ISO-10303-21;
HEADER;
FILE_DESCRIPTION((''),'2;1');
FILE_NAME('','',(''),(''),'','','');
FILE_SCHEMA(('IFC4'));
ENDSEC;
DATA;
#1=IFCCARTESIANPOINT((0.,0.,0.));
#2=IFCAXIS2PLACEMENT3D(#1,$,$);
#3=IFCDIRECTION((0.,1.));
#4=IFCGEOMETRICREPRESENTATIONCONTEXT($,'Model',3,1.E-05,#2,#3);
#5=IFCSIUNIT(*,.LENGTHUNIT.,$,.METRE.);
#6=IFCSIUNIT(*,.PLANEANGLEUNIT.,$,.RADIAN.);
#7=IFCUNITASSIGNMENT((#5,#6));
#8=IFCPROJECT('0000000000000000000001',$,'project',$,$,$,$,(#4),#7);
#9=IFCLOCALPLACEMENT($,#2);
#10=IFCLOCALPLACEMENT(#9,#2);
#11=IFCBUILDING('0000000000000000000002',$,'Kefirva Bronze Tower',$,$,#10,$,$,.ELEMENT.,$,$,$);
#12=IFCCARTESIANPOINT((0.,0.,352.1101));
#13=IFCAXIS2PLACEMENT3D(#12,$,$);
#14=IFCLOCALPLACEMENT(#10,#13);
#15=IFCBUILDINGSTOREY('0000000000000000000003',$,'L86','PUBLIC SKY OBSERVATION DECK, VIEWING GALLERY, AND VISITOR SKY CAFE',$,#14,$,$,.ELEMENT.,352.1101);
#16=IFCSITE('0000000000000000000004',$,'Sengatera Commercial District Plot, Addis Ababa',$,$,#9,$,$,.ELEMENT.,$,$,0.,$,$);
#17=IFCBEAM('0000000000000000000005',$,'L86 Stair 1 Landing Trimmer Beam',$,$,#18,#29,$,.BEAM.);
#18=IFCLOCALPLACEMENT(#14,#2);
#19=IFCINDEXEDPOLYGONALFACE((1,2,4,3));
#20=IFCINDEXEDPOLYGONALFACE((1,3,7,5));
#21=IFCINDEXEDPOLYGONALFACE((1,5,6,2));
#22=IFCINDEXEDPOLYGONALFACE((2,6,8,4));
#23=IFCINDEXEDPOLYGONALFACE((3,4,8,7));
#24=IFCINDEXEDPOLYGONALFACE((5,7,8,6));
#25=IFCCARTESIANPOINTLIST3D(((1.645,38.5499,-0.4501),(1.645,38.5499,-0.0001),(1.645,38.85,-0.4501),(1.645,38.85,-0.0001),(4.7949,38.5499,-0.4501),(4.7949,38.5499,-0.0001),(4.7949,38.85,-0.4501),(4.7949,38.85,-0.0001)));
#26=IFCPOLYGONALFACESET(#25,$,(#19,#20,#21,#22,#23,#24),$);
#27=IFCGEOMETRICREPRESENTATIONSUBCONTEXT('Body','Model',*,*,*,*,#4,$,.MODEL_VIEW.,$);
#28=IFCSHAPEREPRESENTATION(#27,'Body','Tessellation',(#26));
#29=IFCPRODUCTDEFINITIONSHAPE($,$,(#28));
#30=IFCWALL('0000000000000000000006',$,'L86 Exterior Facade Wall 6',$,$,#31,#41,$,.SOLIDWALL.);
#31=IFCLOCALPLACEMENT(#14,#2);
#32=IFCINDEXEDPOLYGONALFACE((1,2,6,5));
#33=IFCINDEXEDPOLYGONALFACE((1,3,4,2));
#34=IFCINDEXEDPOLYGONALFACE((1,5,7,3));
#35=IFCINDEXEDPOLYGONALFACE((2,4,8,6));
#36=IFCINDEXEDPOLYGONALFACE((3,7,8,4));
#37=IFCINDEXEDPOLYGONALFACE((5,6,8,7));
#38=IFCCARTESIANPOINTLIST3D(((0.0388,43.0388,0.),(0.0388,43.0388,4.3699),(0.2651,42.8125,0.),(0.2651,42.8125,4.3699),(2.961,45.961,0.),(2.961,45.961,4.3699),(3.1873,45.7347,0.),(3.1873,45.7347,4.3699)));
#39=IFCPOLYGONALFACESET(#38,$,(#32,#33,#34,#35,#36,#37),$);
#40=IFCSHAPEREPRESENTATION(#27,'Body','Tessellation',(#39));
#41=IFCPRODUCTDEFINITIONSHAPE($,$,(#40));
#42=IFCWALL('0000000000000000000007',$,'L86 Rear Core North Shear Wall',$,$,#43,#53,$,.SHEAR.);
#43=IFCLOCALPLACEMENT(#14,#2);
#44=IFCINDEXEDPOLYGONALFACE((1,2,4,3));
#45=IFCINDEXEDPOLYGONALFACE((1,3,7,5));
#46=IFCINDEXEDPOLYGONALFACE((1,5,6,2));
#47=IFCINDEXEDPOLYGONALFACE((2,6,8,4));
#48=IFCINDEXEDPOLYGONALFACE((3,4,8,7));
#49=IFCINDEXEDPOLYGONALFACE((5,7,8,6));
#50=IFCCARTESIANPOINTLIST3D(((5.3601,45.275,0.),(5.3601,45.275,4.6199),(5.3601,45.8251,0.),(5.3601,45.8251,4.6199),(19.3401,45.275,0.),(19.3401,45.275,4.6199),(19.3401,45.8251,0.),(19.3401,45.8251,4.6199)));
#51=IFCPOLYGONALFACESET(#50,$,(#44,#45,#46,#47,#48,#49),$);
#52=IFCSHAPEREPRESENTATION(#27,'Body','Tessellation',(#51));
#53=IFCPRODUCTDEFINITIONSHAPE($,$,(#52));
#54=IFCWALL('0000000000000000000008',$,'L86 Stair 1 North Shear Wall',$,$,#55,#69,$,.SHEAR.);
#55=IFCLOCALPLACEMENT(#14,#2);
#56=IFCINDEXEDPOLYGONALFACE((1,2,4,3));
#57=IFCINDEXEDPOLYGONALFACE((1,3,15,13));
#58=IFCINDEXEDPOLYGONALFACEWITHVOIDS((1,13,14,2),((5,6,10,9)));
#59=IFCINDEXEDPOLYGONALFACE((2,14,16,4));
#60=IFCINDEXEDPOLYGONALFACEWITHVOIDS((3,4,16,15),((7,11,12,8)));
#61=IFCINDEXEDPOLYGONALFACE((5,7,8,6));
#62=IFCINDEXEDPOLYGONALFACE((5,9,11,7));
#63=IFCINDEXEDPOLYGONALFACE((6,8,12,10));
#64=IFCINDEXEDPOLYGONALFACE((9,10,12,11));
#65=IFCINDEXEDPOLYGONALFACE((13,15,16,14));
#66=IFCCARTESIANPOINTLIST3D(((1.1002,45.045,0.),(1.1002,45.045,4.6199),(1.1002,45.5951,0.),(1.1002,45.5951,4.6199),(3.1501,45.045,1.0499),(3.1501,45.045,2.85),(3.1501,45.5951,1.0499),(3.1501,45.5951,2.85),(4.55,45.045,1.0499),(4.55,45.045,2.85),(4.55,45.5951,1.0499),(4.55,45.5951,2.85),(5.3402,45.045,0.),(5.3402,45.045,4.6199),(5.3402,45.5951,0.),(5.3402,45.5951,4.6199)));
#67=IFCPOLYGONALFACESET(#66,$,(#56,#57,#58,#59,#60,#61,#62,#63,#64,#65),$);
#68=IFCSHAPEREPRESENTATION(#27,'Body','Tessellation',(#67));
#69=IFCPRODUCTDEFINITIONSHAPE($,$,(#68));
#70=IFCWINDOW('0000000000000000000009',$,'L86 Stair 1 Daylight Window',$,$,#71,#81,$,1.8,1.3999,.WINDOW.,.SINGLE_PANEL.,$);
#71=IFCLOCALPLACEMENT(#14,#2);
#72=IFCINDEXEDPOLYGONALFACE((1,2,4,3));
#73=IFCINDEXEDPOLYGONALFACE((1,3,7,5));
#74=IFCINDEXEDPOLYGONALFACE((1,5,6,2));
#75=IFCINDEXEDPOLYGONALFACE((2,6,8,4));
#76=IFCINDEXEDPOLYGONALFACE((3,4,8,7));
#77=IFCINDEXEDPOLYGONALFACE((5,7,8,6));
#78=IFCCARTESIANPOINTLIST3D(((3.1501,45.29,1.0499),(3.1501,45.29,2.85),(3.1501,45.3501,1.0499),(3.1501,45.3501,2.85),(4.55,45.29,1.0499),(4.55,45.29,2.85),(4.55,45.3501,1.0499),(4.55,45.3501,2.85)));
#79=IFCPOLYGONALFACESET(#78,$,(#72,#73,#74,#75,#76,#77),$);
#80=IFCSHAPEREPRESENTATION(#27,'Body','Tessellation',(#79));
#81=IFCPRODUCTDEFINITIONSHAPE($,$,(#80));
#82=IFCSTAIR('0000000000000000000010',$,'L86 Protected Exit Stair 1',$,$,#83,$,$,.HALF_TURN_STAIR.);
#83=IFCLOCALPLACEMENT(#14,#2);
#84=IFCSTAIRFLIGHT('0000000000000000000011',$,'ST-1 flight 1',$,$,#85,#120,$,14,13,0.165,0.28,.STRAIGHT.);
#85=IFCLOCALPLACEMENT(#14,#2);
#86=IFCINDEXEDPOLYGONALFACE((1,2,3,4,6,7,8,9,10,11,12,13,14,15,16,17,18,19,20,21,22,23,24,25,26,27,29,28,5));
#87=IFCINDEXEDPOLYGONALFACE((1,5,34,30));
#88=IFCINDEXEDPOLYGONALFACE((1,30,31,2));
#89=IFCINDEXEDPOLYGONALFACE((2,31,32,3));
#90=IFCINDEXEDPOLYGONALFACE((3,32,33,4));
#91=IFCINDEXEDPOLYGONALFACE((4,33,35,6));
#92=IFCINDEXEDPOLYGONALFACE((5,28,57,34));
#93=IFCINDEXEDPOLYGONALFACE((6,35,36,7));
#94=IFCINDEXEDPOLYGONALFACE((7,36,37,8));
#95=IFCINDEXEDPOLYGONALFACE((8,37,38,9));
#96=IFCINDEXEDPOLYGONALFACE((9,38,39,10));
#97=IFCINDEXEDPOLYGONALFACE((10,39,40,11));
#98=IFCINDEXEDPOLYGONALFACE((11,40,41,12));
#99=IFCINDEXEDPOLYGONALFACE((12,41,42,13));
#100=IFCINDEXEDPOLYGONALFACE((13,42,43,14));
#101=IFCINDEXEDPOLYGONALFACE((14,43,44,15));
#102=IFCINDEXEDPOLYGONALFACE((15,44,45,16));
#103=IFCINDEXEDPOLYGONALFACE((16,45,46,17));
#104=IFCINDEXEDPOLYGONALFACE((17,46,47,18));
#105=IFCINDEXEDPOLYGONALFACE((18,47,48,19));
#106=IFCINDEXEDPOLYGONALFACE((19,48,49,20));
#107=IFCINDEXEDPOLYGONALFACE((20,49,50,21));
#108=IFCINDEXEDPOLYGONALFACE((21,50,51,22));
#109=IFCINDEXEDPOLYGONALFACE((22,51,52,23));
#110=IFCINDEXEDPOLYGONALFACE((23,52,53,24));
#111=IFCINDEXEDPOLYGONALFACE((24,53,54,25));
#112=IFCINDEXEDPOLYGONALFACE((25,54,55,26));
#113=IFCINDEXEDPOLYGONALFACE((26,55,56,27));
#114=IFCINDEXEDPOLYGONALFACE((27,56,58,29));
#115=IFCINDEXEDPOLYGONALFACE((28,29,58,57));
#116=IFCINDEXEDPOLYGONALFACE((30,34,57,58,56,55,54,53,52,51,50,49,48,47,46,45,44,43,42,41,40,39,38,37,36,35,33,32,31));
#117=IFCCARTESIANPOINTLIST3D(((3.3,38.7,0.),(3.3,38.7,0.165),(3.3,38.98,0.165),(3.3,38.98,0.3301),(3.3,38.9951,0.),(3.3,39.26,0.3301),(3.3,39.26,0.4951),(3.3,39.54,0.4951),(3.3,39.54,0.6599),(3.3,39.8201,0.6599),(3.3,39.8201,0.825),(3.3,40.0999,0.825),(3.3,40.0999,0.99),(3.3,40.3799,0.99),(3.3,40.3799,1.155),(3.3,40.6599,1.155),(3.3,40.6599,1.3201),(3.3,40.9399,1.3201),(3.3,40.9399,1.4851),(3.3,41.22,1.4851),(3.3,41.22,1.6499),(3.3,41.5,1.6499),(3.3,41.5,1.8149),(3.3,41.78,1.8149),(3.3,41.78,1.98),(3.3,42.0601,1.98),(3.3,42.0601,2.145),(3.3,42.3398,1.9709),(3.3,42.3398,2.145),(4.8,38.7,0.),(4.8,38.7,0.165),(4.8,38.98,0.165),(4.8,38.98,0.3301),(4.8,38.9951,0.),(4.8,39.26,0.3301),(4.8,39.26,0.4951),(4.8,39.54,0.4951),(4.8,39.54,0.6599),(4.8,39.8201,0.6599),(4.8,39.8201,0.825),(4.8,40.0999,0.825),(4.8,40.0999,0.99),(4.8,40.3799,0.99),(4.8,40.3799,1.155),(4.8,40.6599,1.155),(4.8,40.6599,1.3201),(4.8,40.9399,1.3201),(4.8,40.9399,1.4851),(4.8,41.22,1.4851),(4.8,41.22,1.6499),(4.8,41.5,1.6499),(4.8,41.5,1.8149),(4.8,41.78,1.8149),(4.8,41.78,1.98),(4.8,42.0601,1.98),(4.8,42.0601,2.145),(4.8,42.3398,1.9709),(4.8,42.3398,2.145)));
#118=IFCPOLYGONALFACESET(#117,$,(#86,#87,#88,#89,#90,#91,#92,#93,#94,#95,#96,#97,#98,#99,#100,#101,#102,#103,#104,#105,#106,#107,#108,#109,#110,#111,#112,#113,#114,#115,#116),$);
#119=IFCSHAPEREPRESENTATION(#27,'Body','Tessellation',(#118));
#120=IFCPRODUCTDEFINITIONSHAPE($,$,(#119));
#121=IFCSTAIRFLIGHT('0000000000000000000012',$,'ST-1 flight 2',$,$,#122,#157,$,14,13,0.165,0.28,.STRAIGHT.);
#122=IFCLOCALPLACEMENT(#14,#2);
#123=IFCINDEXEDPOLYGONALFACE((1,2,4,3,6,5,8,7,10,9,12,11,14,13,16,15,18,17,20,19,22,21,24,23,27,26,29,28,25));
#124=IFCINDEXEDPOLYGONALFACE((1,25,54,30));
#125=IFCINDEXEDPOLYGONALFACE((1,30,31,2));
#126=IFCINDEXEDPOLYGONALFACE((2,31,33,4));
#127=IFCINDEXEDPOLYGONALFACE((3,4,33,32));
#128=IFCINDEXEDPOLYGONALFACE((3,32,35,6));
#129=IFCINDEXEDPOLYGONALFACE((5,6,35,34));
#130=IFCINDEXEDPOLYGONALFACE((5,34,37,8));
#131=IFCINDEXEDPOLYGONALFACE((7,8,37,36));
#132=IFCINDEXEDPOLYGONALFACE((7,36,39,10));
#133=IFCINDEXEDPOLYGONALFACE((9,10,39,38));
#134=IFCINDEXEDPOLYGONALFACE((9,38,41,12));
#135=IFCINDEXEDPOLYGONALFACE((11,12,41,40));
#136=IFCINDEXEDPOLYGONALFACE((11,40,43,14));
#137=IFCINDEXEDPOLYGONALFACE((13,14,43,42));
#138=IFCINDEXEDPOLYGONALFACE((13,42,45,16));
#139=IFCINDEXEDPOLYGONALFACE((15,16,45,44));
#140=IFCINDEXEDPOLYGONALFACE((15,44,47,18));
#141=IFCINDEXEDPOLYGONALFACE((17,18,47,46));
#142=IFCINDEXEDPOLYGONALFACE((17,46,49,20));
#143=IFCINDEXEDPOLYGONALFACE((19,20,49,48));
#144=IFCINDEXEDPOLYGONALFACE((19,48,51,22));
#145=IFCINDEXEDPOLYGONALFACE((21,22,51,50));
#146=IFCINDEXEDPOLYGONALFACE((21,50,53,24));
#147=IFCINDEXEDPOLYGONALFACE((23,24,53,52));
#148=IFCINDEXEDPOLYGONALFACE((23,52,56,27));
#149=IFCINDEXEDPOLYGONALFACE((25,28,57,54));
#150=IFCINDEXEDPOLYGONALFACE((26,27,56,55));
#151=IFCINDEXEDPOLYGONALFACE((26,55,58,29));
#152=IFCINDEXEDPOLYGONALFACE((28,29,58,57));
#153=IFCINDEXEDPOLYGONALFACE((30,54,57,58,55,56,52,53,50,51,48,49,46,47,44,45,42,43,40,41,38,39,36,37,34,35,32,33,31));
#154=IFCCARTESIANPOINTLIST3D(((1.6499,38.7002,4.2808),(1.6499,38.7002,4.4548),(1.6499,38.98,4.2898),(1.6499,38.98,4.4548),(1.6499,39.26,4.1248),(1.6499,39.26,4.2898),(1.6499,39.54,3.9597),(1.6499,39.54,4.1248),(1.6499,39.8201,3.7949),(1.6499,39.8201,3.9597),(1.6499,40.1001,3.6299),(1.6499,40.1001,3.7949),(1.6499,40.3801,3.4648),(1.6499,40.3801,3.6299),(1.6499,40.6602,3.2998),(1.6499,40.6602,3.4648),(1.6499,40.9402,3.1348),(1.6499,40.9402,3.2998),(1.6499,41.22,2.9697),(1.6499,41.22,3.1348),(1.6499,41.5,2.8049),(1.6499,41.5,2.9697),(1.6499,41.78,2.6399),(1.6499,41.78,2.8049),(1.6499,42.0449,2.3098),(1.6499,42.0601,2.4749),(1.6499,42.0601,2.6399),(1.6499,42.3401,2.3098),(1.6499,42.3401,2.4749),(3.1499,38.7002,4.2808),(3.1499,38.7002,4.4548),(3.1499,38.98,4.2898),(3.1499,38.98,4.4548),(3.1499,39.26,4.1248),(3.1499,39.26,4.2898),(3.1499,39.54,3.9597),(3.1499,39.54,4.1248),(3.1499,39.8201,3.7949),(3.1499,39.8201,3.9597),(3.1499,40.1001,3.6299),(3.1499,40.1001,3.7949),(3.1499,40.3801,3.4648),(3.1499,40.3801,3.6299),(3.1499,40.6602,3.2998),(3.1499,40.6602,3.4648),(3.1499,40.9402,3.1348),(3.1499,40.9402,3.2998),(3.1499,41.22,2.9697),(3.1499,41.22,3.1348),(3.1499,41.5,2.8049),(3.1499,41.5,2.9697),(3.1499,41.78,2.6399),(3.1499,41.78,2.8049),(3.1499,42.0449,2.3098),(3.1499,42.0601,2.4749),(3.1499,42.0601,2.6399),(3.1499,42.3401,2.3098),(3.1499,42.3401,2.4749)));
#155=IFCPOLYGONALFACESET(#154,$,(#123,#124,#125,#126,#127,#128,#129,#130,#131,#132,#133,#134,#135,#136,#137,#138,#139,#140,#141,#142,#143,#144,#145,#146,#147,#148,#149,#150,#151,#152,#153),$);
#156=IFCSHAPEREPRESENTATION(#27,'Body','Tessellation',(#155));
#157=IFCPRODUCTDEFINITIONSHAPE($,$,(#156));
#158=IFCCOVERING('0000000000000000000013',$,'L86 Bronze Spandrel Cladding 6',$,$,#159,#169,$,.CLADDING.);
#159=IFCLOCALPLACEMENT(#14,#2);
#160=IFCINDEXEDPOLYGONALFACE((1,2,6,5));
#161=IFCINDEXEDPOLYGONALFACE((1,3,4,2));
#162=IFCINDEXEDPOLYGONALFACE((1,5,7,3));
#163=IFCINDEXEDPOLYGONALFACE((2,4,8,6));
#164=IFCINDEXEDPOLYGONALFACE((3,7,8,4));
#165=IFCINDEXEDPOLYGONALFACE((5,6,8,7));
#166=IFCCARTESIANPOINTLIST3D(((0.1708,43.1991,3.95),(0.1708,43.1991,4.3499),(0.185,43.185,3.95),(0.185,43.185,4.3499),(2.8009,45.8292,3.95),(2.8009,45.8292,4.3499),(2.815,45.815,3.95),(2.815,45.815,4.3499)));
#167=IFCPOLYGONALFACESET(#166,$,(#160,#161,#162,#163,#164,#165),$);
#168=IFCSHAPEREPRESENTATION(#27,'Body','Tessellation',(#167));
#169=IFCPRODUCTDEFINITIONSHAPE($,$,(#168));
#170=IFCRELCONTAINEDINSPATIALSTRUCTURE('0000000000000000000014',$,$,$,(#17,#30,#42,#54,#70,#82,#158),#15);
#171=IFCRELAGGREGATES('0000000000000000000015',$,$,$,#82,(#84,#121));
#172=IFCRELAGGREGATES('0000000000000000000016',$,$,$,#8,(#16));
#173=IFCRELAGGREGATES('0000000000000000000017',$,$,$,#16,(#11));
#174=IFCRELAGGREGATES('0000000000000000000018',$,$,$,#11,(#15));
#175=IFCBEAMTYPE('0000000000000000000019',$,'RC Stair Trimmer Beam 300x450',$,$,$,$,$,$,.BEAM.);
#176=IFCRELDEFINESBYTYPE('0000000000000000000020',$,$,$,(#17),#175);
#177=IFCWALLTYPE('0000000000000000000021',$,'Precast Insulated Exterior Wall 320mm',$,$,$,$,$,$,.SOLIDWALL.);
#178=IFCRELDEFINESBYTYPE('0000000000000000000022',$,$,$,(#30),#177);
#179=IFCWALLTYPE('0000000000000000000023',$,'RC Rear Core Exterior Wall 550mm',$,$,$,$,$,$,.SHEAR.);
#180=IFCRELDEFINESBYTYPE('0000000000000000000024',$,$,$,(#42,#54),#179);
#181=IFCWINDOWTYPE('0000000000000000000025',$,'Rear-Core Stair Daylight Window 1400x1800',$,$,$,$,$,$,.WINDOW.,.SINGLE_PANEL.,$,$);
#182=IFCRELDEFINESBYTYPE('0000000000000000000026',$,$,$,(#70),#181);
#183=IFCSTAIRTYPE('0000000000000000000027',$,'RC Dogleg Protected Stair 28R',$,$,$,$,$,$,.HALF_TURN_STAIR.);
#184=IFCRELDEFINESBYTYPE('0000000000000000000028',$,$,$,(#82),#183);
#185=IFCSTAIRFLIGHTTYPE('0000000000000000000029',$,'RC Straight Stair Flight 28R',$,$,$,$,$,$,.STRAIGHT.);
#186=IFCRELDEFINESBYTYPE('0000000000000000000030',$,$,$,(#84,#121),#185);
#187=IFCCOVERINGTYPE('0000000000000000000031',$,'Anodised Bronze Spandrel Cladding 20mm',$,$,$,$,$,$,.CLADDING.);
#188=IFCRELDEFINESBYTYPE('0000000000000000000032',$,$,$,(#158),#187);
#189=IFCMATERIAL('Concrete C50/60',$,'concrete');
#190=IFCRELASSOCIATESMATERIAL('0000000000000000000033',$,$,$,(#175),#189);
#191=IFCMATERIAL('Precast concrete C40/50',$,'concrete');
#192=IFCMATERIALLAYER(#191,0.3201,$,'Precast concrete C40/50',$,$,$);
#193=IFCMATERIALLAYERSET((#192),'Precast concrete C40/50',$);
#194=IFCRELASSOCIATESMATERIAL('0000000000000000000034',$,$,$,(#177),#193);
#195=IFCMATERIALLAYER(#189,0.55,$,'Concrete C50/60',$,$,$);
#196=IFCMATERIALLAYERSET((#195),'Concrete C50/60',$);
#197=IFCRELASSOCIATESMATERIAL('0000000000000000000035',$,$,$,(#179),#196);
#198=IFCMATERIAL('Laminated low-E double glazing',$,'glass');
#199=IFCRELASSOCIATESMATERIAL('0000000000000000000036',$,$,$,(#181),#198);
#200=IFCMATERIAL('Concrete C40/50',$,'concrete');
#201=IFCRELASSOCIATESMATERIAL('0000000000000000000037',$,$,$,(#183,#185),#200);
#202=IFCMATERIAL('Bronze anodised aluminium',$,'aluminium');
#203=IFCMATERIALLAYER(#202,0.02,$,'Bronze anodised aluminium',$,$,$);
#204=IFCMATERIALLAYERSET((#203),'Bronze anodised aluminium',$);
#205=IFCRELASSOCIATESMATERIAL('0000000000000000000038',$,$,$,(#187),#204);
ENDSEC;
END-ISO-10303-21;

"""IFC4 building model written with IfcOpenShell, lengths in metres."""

from ifc_helpers import new_model, si_unit, direction, frame, frame_2d, origin, origin_2d, place, context, subcontext, project, spatial, polyline, rectangle, outline, extrude, material, layer, layer_set, material_profile, profile_set, type_object, element, fill, aggregate, save


model = new_model("IFC4")

# Units and contexts
model_context = context("Model", 3, precision=1e-05, world=origin(), true_north=direction((0.0, 1.0)))
body_context = subcontext(model_context, "Body", "Model", "MODEL_VIEW")
ifc_project = project(units=[si_unit("LENGTHUNIT", "METRE"), si_unit("PLANEANGLEUNIT", "RADIAN")], contexts=[model_context])

# Site, building, storey
site_placement = place(None, origin())
site = spatial("IfcSite", under=ifc_project, at=site_placement, Name="Sengatera Commercial District Plot, Addis Ababa", CompositionType="ELEMENT", RefElevation=0.0)
building_placement = place(site_placement, origin())
building = spatial("IfcBuilding", under=site, at=building_placement, Name="Kefirva Bronze Tower", CompositionType="ELEMENT")
storey_placement = place(building_placement, frame((0.0, 0.0, 352.1101)))
storey = spatial("IfcBuildingStorey", under=building, at=storey_placement, Name="L86", Description="PUBLIC SKY OBSERVATION DECK, VIEWING GALLERY, AND VISITOR SKY CAFE", CompositionType="ELEMENT", Elevation=352.1101)

# Beam
ifc_material_1 = material(Name="Concrete C50/60", Category="concrete")
ifc_material_profile = material_profile(ifc_material_1, rectangle(XDim=0.3, YDim=0.45, at=origin_2d()), Name="RC 300x450")
ifc_profile_set = profile_set([ifc_material_profile], Name="Concrete C50/60")
beam_type = type_object("IfcBeamType", Name="RC Stair Trimmer Beam 300x450", PredefinedType="BEAM", material=ifc_profile_set)
beam_placement = place(storey_placement, frame((1.645, 38.7, -0.2251), z_axis=(1.0, 0.0, 0.0), x_axis=(0.0, 1.0, 0.0)))
element("IfcBeam", 1, at=beam_placement, inside=storey, type_object=beam_type, Name="L86 Stair 1 Landing Trimmer Beam", PredefinedType="BEAM", context=body_context, shape_type="SweptSolid", body=[
    extrude(rectangle(XDim=0.3, YDim=0.45, at=origin_2d()), origin(), (0.0, 0.0, 1.0), 3.1499),
])

# Walls
ifc_material_2 = material(Name="Precast concrete C40/50", Category="concrete")
ifc_layer_1 = layer(ifc_material_2, 0.3201, Name="Precast concrete C40/50")
ifc_layer_set_1 = layer_set([ifc_layer_1], Name="Precast concrete C40/50")
wall_type_1 = type_object("IfcWallType", Name="Precast Insulated Exterior Wall 320mm", PredefinedType="SOLIDWALL", material=ifc_layer_set_1)
wall_1_placement = place(storey_placement, frame((3.0742, 45.8479, 0.0), z_axis=(0.0, 0.0, 1.0), x_axis=(-0.707107, -0.707107, 0.0)))
element("IfcWall", 2, at=wall_1_placement, inside=storey, type_object=wall_type_1, Name="L86 Exterior Facade Wall 6", PredefinedType="SOLIDWALL", context=body_context, shape_type="SweptSolid", body=[
    extrude(rectangle(XDim=4.1326, YDim=0.3201, at=frame_2d((2.0664, 0.0))), origin(), (0.0, 0.0, 1.0), 4.3699),
])
ifc_layer_2 = layer(ifc_material_1, 0.55, Name="Concrete C50/60")
ifc_layer_set_2 = layer_set([ifc_layer_2], Name="Concrete C50/60")
wall_type_2 = type_object("IfcWallType", Name="RC Rear Core Exterior Wall 550mm", PredefinedType="SHEAR", material=ifc_layer_set_2)
wall_2_placement = place(storey_placement, frame((5.3601, 45.55, 0.0), z_axis=(0.0, 0.0, 1.0), x_axis=(1.0, 0.0, 0.0)))
element("IfcWall", 3, at=wall_2_placement, inside=storey, type_object=wall_type_2, Name="L86 Rear Core North Shear Wall", PredefinedType="SHEAR", context=body_context, shape_type="SweptSolid", body=[
    extrude(rectangle(XDim=13.98, YDim=0.55, at=frame_2d((6.99, 0.0))), origin(), (0.0, 0.0, 1.0), 4.6199),
])

# Wall, opening, window
wall_3_placement = place(storey_placement, frame((1.1001, 45.3201, 0.0), z_axis=(0.0, 0.0, 1.0), x_axis=(1.0, 0.0, 0.0)))
wall_3 = element("IfcWall", 4, at=wall_3_placement, inside=storey, type_object=wall_type_2, Name="L86 Stair 1 North Shear Wall", PredefinedType="SHEAR", context=body_context, shape_type="SweptSolid", body=[
    extrude(rectangle(XDim=4.24, YDim=0.55, at=frame_2d((2.1201, 0.0))), origin(), (0.0, 0.0, 1.0), 4.6199),
])
opening_placement = place(wall_3_placement, frame((2.05, 0.0, 1.05)))
opening = element("IfcOpeningElement", 5, at=opening_placement, cuts=wall_3, PredefinedType="OPENING", context=body_context, shape_type="SweptSolid", body=[
    extrude(rectangle(XDim=1.3999, YDim=1.8, at=frame_2d((0.7, 0.8999))), frame((0.0, 0.2852, 0.0), z_axis=(0.0, -1.0, 0.0), x_axis=(1.0, 0.0, 0.0)), (0.0, 0.0, 1.0), 0.5701),
])
ifc_material_3 = material(Name="Laminated low-E double glazing", Category="glass")
window_type = type_object("IfcWindowType", Name="Rear-Core Stair Daylight Window 1400x1800", PartitioningType="SINGLE_PANEL", PredefinedType="WINDOW", material=ifc_material_3)
window_placement = place(opening_placement, origin())
window = element("IfcWindow", 6, at=window_placement, inside=storey, type_object=window_type, Name="L86 Stair 1 Daylight Window", OverallHeight=1.8, OverallWidth=1.3999, PartitioningType="SINGLE_PANEL", PredefinedType="WINDOW", context=body_context, shape_type="SweptSolid", body=[
    extrude(rectangle(XDim=1.3999, YDim=1.8, at=frame_2d((0.7, 0.8999))), frame((0.0, 0.03, 0.0), z_axis=(0.0, -1.0, 0.0), x_axis=(1.0, 0.0, 0.0)), (0.0, 0.0, 1.0), 0.0601),
])
fill(opening, window)

# Stair, stair flights
ifc_material_4 = material(Name="Concrete C40/50", Category="concrete")
stair_type = type_object("IfcStairType", Name="RC Dogleg Protected Stair 28R", PredefinedType="HALF_TURN_STAIR", material=ifc_material_4)
stair_placement = place(storey_placement, origin())
stair = element("IfcStair", 7, at=stair_placement, inside=storey, type_object=stair_type, Name="L86 Protected Exit Stair 1", PredefinedType="HALF_TURN_STAIR")
stair_flight_type = type_object("IfcStairFlightType", Name="RC Straight Stair Flight 28R", PredefinedType="STRAIGHT", material=ifc_material_4)
stair_flight_1_placement = place(storey_placement, frame((4.05, 38.7, 0.0), z_axis=(0.0, 0.0, 1.0), x_axis=(0.0, 1.0, 0.0)))
stair_flight_1 = element("IfcStairFlight", 8, at=stair_flight_1_placement, type_object=stair_flight_type, Name="ST-1 flight 1", NumberOfRisers=14, NumberOfTreads=13, PredefinedType="STRAIGHT", RiserHeight=0.165, TreadLength=0.28, context=body_context, shape_type="SweptSolid", body=[
    extrude(outline(polyline([(0.0, 0.0), (0.0, 0.165), (0.28, 0.165), (0.28, 0.3301), (0.5601, 0.3301), (0.5601, 0.4951), (0.8401, 0.4951), (0.8401, 0.6599), (1.1201, 0.6599), (1.1201, 0.825), (1.3999, 0.825), (1.3999, 0.99), (1.6799, 0.99), (1.6799, 1.155), (1.96, 1.155), (1.96, 1.3201), (2.24, 1.3201), (2.24, 1.4851), (2.52, 1.4851), (2.52, 1.6499), (2.8, 1.6499), (2.8, 1.8149), (3.0801, 1.8149), (3.0801, 1.98), (3.3601, 1.98), (3.3601, 2.145), (3.6399, 2.145), (3.6399, 2.3101), (3.6399, 1.9709), (0.2952, 0.0), (0.0, 0.0)])), frame((0.0, 0.75, 0.0), z_axis=(0.0, -1.0, 0.0), x_axis=(1.0, 0.0, 0.0)), (0.0, 0.0, 1.0), 1.5),
])
stair_flight_2_placement = place(storey_placement, frame((2.3999, 42.3401, 2.3098), z_axis=(0.0, 0.0, 1.0), x_axis=(0.0, -1.0, 0.0)))
stair_flight_2 = element("IfcStairFlight", 9, at=stair_flight_2_placement, type_object=stair_flight_type, Name="ST-1 flight 2", NumberOfRisers=14, NumberOfTreads=13, PredefinedType="STRAIGHT", RiserHeight=0.165, TreadLength=0.28, context=body_context, shape_type="SweptSolid", body=[
    extrude(outline(polyline([(0.0, 0.0), (0.0, 0.165), (0.28, 0.165), (0.28, 0.3301), (0.5601, 0.3301), (0.5601, 0.4951), (0.8401, 0.4951), (0.8401, 0.6599), (1.1201, 0.6599), (1.1201, 0.825), (1.3999, 0.825), (1.3999, 0.99), (1.6799, 0.99), (1.6799, 1.155), (1.96, 1.155), (1.96, 1.3201), (2.24, 1.3201), (2.24, 1.4851), (2.52, 1.4851), (2.52, 1.6499), (2.8, 1.6499), (2.8, 1.8149), (3.0801, 1.8149), (3.0801, 1.98), (3.3601, 1.98), (3.3601, 2.145), (3.6399, 2.145), (3.6399, 2.3101), (3.6399, 1.9709), (0.2952, 0.0), (0.0, 0.0)])), frame((0.0, 0.75, 0.0), z_axis=(0.0, -1.0, 0.0), x_axis=(1.0, 0.0, 0.0)), (0.0, 0.0, 1.0), 1.5),
])
aggregate(stair, [stair_flight_1, stair_flight_2])

# Covering
ifc_material_5 = material(Name="Bronze anodised aluminium", Category="aluminium")
ifc_layer_3 = layer(ifc_material_5, 0.02, Name="Bronze anodised aluminium")
ifc_layer_set_3 = layer_set([ifc_layer_3], Name="Bronze anodised aluminium")
covering_type_1 = type_object("IfcCoveringType", Name="Anodised Bronze Spandrel Cladding 20mm", PredefinedType="CLADDING", material=ifc_layer_set_3)
covering_1_placement = place(storey_placement, frame((1.4929, 44.5071, 3.95), z_axis=(0.0, 0.0, 1.0), x_axis=(-0.707107, -0.707107, 0.0)))
element("IfcCovering", 10, at=covering_1_placement, inside=storey, type_object=covering_type_1, Name="L86 Bronze Spandrel Cladding 6", PredefinedType="CLADDING", context=body_context, shape_type="SweptSolid", body=[
    extrude(rectangle(XDim=3.7195, YDim=0.02, at=origin_2d()), origin(), (0.0, 0.0, 1.0), 0.3999),
])

save(model, "model.ifc")
